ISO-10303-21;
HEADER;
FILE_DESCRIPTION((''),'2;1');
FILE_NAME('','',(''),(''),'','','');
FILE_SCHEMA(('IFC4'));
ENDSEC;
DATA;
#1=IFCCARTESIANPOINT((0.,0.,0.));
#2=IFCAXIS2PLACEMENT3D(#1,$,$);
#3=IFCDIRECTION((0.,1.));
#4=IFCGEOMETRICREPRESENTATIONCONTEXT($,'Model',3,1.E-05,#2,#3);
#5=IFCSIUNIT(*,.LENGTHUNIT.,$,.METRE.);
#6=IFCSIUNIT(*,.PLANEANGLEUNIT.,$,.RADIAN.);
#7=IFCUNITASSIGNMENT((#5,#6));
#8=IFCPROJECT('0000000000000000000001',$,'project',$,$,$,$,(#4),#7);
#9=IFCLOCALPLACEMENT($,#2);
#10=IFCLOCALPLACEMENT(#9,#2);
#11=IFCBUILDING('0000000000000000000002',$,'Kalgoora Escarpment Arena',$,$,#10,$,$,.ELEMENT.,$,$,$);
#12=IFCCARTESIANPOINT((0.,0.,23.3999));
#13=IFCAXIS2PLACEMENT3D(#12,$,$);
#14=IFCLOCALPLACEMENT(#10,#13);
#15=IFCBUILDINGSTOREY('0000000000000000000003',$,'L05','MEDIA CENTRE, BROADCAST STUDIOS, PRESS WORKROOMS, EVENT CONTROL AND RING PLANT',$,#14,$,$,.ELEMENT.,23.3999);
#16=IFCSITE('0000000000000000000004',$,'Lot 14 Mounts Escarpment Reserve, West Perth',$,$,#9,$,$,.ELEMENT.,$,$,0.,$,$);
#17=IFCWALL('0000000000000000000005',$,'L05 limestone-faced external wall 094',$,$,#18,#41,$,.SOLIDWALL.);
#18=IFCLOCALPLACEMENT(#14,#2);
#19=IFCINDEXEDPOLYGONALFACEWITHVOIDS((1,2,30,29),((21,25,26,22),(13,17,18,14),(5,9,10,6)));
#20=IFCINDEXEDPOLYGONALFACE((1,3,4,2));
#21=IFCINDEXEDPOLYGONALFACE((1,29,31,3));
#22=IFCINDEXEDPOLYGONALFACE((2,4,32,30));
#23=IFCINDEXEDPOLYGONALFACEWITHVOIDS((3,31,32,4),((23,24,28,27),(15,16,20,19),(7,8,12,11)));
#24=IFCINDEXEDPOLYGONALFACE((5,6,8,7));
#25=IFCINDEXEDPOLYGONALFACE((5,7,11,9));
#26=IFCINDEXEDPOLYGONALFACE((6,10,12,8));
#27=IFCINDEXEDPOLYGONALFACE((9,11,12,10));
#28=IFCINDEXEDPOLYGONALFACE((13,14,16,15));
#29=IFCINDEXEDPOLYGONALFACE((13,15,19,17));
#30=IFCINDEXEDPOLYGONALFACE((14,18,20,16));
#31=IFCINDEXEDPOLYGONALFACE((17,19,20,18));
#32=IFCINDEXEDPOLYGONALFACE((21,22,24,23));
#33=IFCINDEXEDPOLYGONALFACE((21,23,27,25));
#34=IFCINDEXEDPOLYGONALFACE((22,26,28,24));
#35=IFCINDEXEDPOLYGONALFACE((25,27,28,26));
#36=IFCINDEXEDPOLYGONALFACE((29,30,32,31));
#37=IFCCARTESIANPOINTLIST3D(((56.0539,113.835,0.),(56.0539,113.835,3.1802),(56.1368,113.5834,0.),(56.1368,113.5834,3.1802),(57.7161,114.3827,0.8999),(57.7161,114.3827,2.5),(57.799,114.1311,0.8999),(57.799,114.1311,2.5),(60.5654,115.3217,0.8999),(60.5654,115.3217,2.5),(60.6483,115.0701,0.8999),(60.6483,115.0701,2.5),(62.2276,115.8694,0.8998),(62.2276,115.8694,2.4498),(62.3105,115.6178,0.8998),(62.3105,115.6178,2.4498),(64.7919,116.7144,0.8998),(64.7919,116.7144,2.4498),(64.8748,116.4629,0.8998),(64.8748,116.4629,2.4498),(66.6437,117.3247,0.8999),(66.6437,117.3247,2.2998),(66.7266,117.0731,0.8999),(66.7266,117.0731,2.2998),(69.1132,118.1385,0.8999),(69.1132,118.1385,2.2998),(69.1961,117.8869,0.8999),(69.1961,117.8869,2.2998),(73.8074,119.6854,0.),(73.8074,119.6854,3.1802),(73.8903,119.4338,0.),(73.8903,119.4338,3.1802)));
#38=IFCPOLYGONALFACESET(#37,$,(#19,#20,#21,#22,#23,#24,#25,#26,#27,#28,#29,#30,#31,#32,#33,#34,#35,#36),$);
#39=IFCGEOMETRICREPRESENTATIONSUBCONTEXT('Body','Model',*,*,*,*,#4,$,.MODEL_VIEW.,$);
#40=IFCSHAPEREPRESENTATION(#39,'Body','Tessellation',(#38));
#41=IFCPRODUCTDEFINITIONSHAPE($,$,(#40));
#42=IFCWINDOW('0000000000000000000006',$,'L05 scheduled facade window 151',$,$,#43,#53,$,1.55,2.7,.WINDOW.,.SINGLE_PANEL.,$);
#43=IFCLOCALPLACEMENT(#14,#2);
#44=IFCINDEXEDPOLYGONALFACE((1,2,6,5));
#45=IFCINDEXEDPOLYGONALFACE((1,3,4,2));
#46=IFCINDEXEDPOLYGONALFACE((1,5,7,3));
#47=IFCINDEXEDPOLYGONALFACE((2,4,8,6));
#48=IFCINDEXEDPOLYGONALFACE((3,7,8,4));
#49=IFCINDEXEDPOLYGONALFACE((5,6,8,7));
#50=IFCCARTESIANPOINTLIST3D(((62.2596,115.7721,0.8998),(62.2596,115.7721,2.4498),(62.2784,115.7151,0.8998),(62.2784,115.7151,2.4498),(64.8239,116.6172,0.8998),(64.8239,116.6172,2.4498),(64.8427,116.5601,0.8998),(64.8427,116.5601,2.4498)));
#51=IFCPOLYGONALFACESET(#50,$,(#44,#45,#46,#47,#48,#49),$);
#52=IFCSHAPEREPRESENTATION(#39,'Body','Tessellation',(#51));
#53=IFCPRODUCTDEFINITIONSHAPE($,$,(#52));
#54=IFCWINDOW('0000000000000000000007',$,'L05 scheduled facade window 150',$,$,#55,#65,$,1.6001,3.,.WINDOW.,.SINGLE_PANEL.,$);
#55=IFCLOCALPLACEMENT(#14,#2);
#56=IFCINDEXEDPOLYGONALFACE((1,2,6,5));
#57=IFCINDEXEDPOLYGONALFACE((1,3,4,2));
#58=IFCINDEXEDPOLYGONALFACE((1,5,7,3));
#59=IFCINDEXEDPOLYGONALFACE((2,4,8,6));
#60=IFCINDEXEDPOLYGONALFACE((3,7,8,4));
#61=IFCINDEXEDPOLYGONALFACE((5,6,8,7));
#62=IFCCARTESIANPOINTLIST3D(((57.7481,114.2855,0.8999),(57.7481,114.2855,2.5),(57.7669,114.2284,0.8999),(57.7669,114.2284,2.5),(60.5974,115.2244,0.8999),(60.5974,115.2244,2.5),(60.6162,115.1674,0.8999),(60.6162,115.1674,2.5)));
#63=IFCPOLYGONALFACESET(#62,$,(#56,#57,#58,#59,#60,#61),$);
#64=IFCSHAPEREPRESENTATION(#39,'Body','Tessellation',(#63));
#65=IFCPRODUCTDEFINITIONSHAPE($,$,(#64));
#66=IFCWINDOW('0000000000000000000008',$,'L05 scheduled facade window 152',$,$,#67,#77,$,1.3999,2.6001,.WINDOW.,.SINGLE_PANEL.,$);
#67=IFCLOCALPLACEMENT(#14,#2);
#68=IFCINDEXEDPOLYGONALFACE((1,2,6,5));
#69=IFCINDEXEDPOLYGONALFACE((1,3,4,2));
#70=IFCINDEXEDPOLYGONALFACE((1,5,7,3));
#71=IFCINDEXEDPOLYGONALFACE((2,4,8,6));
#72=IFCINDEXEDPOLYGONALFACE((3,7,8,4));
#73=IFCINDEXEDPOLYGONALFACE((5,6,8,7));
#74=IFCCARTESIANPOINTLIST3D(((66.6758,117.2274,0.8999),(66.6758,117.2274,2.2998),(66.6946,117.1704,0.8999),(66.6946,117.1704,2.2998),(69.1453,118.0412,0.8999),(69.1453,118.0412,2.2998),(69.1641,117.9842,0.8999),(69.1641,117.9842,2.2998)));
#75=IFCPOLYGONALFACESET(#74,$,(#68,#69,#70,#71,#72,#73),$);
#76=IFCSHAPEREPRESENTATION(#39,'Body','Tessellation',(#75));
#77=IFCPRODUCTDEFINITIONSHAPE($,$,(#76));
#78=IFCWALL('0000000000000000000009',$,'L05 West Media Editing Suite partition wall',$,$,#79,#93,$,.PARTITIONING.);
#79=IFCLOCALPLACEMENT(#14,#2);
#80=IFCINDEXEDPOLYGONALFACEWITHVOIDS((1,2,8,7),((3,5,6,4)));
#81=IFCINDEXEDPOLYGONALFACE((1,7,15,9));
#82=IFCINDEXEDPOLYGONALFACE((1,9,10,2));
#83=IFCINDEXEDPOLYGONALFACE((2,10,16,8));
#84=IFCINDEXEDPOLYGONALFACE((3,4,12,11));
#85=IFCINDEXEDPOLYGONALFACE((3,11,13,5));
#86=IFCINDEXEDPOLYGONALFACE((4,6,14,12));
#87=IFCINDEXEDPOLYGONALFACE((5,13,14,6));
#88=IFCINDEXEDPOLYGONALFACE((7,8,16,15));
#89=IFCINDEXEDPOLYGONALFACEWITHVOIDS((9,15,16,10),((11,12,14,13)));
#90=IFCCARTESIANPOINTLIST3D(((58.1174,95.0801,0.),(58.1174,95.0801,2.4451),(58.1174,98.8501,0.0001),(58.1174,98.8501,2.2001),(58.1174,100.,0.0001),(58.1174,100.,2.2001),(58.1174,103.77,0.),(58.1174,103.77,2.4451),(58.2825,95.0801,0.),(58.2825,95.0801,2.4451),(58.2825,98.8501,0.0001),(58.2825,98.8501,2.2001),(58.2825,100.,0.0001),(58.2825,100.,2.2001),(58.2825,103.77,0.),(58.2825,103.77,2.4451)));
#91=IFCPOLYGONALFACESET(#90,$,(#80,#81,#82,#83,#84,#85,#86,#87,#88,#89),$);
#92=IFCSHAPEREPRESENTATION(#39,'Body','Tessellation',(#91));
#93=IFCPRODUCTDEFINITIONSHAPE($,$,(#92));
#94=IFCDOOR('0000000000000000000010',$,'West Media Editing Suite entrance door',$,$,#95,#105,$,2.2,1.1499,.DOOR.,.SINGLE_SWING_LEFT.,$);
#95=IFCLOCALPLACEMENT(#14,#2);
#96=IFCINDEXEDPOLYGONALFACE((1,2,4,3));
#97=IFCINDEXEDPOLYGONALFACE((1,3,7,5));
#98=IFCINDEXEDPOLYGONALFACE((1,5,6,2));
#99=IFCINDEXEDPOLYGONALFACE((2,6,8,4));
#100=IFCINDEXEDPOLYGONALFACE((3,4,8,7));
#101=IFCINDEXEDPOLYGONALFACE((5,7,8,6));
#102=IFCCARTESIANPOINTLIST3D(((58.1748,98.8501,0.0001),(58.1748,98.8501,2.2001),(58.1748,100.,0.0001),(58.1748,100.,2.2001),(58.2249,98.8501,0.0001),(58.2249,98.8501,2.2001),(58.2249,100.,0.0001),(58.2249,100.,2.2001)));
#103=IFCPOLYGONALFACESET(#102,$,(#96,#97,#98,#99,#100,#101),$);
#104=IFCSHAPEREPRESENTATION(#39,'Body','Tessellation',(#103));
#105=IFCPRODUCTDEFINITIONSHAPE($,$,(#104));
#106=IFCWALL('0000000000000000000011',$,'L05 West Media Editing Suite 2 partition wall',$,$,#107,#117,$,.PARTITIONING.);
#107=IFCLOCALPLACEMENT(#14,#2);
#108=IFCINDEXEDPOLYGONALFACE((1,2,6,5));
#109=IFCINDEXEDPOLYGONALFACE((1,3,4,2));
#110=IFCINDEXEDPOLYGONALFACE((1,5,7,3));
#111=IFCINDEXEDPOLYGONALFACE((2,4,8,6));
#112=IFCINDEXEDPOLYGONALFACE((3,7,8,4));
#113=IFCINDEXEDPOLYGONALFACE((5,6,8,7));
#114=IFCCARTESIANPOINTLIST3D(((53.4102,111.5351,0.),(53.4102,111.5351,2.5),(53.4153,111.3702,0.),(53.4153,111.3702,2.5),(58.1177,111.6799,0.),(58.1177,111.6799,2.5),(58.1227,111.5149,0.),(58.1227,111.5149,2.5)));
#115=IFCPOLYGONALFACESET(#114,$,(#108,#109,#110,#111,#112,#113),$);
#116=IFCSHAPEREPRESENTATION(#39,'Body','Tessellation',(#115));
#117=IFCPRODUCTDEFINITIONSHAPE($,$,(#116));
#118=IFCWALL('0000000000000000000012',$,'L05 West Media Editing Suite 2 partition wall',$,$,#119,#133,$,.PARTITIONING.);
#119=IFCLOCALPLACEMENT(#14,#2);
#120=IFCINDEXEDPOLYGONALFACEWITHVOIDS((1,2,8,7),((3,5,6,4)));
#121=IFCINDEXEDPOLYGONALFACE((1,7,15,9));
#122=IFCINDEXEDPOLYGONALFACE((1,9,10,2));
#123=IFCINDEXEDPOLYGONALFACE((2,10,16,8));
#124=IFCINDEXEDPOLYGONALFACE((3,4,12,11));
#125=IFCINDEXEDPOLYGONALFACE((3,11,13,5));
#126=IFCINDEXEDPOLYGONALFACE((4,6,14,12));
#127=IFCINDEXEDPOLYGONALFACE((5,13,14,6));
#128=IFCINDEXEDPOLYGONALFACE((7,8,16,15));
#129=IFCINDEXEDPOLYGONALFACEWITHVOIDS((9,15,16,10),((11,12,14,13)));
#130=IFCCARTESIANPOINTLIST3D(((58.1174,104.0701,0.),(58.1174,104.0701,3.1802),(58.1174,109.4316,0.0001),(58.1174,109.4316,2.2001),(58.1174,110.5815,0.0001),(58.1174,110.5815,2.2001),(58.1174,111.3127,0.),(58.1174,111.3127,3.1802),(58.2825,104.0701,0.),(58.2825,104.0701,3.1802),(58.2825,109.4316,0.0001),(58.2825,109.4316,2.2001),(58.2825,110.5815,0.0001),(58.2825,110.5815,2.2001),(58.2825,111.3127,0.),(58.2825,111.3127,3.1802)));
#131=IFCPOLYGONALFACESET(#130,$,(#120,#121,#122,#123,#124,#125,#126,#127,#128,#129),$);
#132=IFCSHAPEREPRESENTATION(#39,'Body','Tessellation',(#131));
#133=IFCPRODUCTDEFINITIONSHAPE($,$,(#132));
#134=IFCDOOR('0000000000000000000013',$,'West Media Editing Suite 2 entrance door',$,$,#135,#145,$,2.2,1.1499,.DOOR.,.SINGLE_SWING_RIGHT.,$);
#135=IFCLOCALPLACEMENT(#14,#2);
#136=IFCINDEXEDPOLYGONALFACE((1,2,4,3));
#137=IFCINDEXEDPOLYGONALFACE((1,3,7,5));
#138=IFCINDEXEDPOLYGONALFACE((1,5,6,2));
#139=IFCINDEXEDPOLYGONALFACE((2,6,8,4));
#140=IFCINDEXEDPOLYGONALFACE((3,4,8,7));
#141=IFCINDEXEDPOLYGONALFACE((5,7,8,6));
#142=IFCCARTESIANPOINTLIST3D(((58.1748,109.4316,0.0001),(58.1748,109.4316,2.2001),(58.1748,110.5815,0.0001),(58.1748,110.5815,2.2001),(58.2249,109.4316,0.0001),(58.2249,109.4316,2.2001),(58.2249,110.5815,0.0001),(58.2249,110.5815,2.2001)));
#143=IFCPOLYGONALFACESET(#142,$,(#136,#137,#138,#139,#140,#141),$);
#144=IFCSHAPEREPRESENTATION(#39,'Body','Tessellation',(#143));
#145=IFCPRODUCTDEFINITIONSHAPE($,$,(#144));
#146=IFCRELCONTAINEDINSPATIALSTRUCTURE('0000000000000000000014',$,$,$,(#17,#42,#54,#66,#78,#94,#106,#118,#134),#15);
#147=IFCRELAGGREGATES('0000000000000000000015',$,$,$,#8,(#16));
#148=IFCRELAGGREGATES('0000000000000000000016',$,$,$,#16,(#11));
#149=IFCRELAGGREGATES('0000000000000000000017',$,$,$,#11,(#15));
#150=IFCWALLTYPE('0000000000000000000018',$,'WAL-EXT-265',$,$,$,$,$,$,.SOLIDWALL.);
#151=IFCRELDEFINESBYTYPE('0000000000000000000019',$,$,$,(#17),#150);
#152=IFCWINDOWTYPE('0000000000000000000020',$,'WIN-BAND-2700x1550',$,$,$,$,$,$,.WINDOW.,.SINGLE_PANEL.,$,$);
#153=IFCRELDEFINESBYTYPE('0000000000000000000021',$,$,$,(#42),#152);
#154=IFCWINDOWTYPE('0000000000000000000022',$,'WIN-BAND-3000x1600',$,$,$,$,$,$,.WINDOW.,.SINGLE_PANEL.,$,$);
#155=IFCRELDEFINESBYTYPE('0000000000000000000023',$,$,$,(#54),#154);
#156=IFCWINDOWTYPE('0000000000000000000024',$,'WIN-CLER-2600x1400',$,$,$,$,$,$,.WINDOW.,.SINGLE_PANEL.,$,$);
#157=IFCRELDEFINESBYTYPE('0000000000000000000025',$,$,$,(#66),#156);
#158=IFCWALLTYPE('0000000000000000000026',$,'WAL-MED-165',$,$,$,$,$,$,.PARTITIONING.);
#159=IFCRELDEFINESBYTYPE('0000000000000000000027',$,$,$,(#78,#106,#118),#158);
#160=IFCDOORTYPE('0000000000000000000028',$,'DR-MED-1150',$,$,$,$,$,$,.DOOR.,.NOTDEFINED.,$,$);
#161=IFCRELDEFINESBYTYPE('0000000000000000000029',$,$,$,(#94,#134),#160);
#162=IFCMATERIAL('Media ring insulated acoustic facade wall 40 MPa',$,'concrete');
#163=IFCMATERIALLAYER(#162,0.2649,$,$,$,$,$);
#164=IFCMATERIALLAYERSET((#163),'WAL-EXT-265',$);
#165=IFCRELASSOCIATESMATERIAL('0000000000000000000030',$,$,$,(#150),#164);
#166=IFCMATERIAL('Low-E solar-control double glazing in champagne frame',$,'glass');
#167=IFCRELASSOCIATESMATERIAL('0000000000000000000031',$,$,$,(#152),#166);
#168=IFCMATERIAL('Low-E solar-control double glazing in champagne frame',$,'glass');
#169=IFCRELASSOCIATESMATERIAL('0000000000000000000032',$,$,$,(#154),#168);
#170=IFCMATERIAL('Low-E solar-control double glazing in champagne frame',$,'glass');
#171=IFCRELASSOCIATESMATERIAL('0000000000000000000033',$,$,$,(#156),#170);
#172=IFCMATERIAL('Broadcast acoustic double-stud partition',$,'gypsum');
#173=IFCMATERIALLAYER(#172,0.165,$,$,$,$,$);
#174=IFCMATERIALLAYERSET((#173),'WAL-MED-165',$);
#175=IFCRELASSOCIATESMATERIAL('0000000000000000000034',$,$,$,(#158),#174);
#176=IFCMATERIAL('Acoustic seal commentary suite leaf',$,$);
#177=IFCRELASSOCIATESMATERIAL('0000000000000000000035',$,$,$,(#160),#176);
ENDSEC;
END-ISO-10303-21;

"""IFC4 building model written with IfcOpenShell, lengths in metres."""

from ifc_helpers import new_model, si_unit, direction, frame, frame_2d, origin, place, context, subcontext, project, spatial, rectangle, extrude, material, layer, layer_set, type_object, element, fill, save


model = new_model("IFC4")

# Units and contexts
model_context = context("Model", 3, precision=1e-05, world=origin(), true_north=direction((0.0, 1.0)))
body_context = subcontext(model_context, "Body", "Model", "MODEL_VIEW")
ifc_project = project(units=[si_unit("LENGTHUNIT", "METRE"), si_unit("PLANEANGLEUNIT", "RADIAN")], contexts=[model_context])

# Site, building, storey
site_placement = place(None, origin())
site = spatial("IfcSite", under=ifc_project, at=site_placement, Name="Lot 14 Mounts Escarpment Reserve, West Perth", CompositionType="ELEMENT", RefElevation=0.0)
building_placement = place(site_placement, origin())
building = spatial("IfcBuilding", under=site, at=building_placement, Name="Kalgoora Escarpment Arena", CompositionType="ELEMENT")
storey_placement = place(building_placement, frame((0.0, 0.0, 23.3999)))
storey = spatial("IfcBuildingStorey", under=building, at=storey_placement, Name="L05", Description="MEDIA CENTRE, BROADCAST STUDIOS, PRESS WORKROOMS, EVENT CONTROL AND RING PLANT", CompositionType="ELEMENT", Elevation=23.3999)

# Shared definitions
ifc_material_1 = material(Name="Media ring insulated acoustic facade wall 40 MPa", Category="concrete")
ifc_layer_1 = layer(ifc_material_1, 0.2649)
ifc_layer_set_1 = layer_set([ifc_layer_1], Name="WAL-EXT-265")
wall_type_1 = type_object("IfcWallType", Name="WAL-EXT-265", PredefinedType="SOLIDWALL", material=ifc_layer_set_1)

# Wall, openings, windows
wall_1_placement = place(storey_placement, frame((56.0955, 113.7092, 0.0), z_axis=(0.0, 0.0, 1.0), x_axis=(0.94976, 0.312978, 0.0)))
wall_1 = element("IfcWall", 1, at=wall_1_placement, inside=storey, type_object=wall_type_1, Name="L05 limestone-faced external wall 094", PredefinedType="SOLIDWALL", context=body_context, shape_type="SweptSolid", body=[
    extrude(rectangle(XDim=18.6926, YDim=0.2649, at=frame_2d((9.3462, 0.0))), origin(), (0.0, 0.0, 1.0), 3.1802),
])
opening_1_placement = place(wall_1_placement, frame((1.75, 0.0, 0.8999)))
opening_1 = element("IfcOpeningElement", 2, at=opening_1_placement, cuts=wall_1, PredefinedType="OPENING", context=body_context, shape_type="SweptSolid", body=[
    extrude(rectangle(XDim=3.0, YDim=1.6001, at=frame_2d((1.5, 0.8))), frame((0.0, 0.1423, 0.0), z_axis=(0.0, -1.0, 0.0), x_axis=(1.0, 0.0, 0.0)), (0.0, 0.0, 1.0), 0.2849),
])
opening_2_placement = place(wall_1_placement, frame((6.5, 0.0, 0.8999)))
opening_2 = element("IfcOpeningElement", 3, at=opening_2_placement, cuts=wall_1, PredefinedType="OPENING", context=body_context, shape_type="SweptSolid", body=[
    extrude(rectangle(XDim=2.7, YDim=1.55, at=frame_2d((1.3501, 0.7749))), frame((0.0, 0.1423, 0.0), z_axis=(0.0, -1.0, 0.0), x_axis=(1.0, 0.0, 0.0)), (0.0, 0.0, 1.0), 0.2849),
])
opening_3_placement = place(wall_1_placement, frame((11.1499, 0.0, 0.8999)))
opening_3 = element("IfcOpeningElement", 4, at=opening_3_placement, cuts=wall_1, PredefinedType="OPENING", context=body_context, shape_type="SweptSolid", body=[
    extrude(rectangle(XDim=2.6001, YDim=1.3999, at=frame_2d((1.3, 0.7))), frame((0.0, 0.1423, 0.0), z_axis=(0.0, -1.0, 0.0), x_axis=(1.0, 0.0, 0.0)), (0.0, 0.0, 1.0), 0.2849),
])
ifc_material_2 = material(Name="Low-E solar-control double glazing in champagne frame", Category="glass")
window_type_1 = type_object("IfcWindowType", Name="WIN-BAND-2700x1550", PartitioningType="SINGLE_PANEL", PredefinedType="WINDOW", material=ifc_material_2)
window_1_placement = place(opening_2_placement, origin())
window_1 = element("IfcWindow", 5, at=window_1_placement, inside=storey, type_object=window_type_1, Name="L05 scheduled facade window 151", OverallHeight=1.55, OverallWidth=2.7, PartitioningType="SINGLE_PANEL", PredefinedType="WINDOW", context=body_context, shape_type="SweptSolid", body=[
    extrude(rectangle(XDim=2.7, YDim=1.55, at=frame_2d((1.3501, 0.7749))), frame((0.0, 0.03, 0.0), z_axis=(0.0, -1.0, 0.0), x_axis=(1.0, 0.0, 0.0)), (0.0, 0.0, 1.0), 0.0601),
])
fill(opening_2, window_1)
ifc_material_3 = material(Name="Low-E solar-control double glazing in champagne frame", Category="glass")
window_type_2 = type_object("IfcWindowType", Name="WIN-BAND-3000x1600", PartitioningType="SINGLE_PANEL", PredefinedType="WINDOW", material=ifc_material_3)
window_2_placement = place(opening_1_placement, origin())
window_2 = element("IfcWindow", 6, at=window_2_placement, inside=storey, type_object=window_type_2, Name="L05 scheduled facade window 150", OverallHeight=1.6001, OverallWidth=3.0, PartitioningType="SINGLE_PANEL", PredefinedType="WINDOW", context=body_context, shape_type="SweptSolid", body=[
    extrude(rectangle(XDim=3.0, YDim=1.6001, at=frame_2d((1.5, 0.8))), frame((0.0, 0.03, 0.0), z_axis=(0.0, -1.0, 0.0), x_axis=(1.0, 0.0, 0.0)), (0.0, 0.0, 1.0), 0.0601),
])
fill(opening_1, window_2)
ifc_material_4 = material(Name="Low-E solar-control double glazing in champagne frame", Category="glass")
window_type_3 = type_object("IfcWindowType", Name="WIN-CLER-2600x1400", PartitioningType="SINGLE_PANEL", PredefinedType="WINDOW", material=ifc_material_4)
window_3_placement = place(opening_3_placement, origin())
window_3 = element("IfcWindow", 7, at=window_3_placement, inside=storey, type_object=window_type_3, Name="L05 scheduled facade window 152", OverallHeight=1.3999, OverallWidth=2.6001, PartitioningType="SINGLE_PANEL", PredefinedType="WINDOW", context=body_context, shape_type="SweptSolid", body=[
    extrude(rectangle(XDim=2.6001, YDim=1.3999, at=frame_2d((1.3, 0.7))), frame((0.0, 0.03, 0.0), z_axis=(0.0, -1.0, 0.0), x_axis=(1.0, 0.0, 0.0)), (0.0, 0.0, 1.0), 0.0601),
])
fill(opening_3, window_3)

# Wall, opening, door
ifc_material_5 = material(Name="Broadcast acoustic double-stud partition", Category="gypsum")
ifc_layer_2 = layer(ifc_material_5, 0.165)
ifc_layer_set_2 = layer_set([ifc_layer_2], Name="WAL-MED-165")
wall_type_2 = type_object("IfcWallType", Name="WAL-MED-165", PredefinedType="PARTITIONING", material=ifc_layer_set_2)
wall_2_placement = place(storey_placement, frame((58.2, 103.77, 0.0), z_axis=(0.0, 0.0, 1.0), x_axis=(0.0, -1.0, 0.0)))
wall_2 = element("IfcWall", 8, at=wall_2_placement, inside=storey, type_object=wall_type_2, Name="L05 West Media Editing Suite partition wall", PredefinedType="PARTITIONING", context=body_context, shape_type="SweptSolid", body=[
    extrude(rectangle(XDim=8.6899, YDim=0.165, at=frame_2d((4.345, 0.0))), origin(), (0.0, 0.0, 1.0), 2.4451),
])
opening_4_placement = place(wall_2_placement, frame((3.77, 0.0, 0.0)))
opening_4 = element("IfcOpeningElement", 9, at=opening_4_placement, cuts=wall_2, PredefinedType="OPENING", context=body_context, shape_type="SweptSolid", body=[
    extrude(rectangle(XDim=1.1499, YDim=2.2, at=frame_2d((0.575, 1.1001))), frame((0.0, 0.0925, 0.0), z_axis=(0.0, -1.0, 0.0), x_axis=(1.0, 0.0, 0.0)), (0.0, 0.0, 1.0), 0.1851),
])
ifc_material_6 = material(Name="Acoustic seal commentary suite leaf")
door_type_1 = type_object("IfcDoorType", Name="DR-MED-1150", OperationType="NOTDEFINED", PredefinedType="DOOR", material=ifc_material_6)
door_1_placement = place(opening_4_placement, origin())
door_1 = element("IfcDoor", 10, at=door_1_placement, inside=storey, type_object=door_type_1, Name="West Media Editing Suite entrance door", OperationType="SINGLE_SWING_LEFT", OverallHeight=2.2, OverallWidth=1.1499, PredefinedType="DOOR", context=body_context, shape_type="SweptSolid", body=[
    extrude(rectangle(XDim=1.1499, YDim=2.2, at=frame_2d((0.575, 1.1001))), frame((0.0, 0.0249, 0.0), z_axis=(0.0, -1.0, 0.0), x_axis=(1.0, 0.0, 0.0)), (0.0, 0.0, 1.0), 0.05),
])
fill(opening_4, door_1)

# Wall
wall_3_placement = place(storey_placement, frame((53.4126, 111.4526, 0.0), z_axis=(0.0, 0.0, 1.0), x_axis=(0.999527, 0.03074, 0.0)))
element("IfcWall", 11, at=wall_3_placement, inside=storey, type_object=wall_type_2, Name="L05 West Media Editing Suite 2 partition wall", PredefinedType="PARTITIONING", context=body_context, shape_type="SweptSolid", body=[
    extrude(rectangle(XDim=4.7097, YDim=0.165, at=frame_2d((2.355, 0.0))), origin(), (0.0, 0.0, 1.0), 2.5),
])

# Wall, opening, door
wall_4_placement = place(storey_placement, frame((58.2, 111.3127, 0.0), z_axis=(0.0, 0.0, 1.0), x_axis=(0.0, -1.0, 0.0)))
wall_4 = element("IfcWall", 12, at=wall_4_placement, inside=storey, type_object=wall_type_2, Name="L05 West Media Editing Suite 2 partition wall", PredefinedType="PARTITIONING", context=body_context, shape_type="SweptSolid", body=[
    extrude(rectangle(XDim=7.2427, YDim=0.165, at=frame_2d((3.6213, 0.0))), origin(), (0.0, 0.0, 1.0), 3.1802),
])
opening_5_placement = place(wall_4_placement, frame((0.7312, 0.0, 0.0)))
opening_5 = element("IfcOpeningElement", 13, at=opening_5_placement, cuts=wall_4, PredefinedType="OPENING", context=body_context, shape_type="SweptSolid", body=[
    extrude(rectangle(XDim=1.1499, YDim=2.2, at=frame_2d((0.575, 1.1001))), frame((0.0, 0.0925, 0.0), z_axis=(0.0, -1.0, 0.0), x_axis=(1.0, 0.0, 0.0)), (0.0, 0.0, 1.0), 0.1851),
])
door_2_placement = place(opening_5_placement, origin())
door_2 = element("IfcDoor", 14, at=door_2_placement, inside=storey, type_object=door_type_1, Name="West Media Editing Suite 2 entrance door", OperationType="SINGLE_SWING_RIGHT", OverallHeight=2.2, OverallWidth=1.1499, PredefinedType="DOOR", context=body_context, shape_type="SweptSolid", body=[
    extrude(rectangle(XDim=1.1499, YDim=2.2, at=frame_2d((0.575, 1.1001))), frame((0.0, 0.0249, 0.0), z_axis=(0.0, -1.0, 0.0), x_axis=(1.0, 0.0, 0.0)), (0.0, 0.0, 1.0), 0.05),
])
fill(opening_5, door_2)

save(model, "model.ifc")
